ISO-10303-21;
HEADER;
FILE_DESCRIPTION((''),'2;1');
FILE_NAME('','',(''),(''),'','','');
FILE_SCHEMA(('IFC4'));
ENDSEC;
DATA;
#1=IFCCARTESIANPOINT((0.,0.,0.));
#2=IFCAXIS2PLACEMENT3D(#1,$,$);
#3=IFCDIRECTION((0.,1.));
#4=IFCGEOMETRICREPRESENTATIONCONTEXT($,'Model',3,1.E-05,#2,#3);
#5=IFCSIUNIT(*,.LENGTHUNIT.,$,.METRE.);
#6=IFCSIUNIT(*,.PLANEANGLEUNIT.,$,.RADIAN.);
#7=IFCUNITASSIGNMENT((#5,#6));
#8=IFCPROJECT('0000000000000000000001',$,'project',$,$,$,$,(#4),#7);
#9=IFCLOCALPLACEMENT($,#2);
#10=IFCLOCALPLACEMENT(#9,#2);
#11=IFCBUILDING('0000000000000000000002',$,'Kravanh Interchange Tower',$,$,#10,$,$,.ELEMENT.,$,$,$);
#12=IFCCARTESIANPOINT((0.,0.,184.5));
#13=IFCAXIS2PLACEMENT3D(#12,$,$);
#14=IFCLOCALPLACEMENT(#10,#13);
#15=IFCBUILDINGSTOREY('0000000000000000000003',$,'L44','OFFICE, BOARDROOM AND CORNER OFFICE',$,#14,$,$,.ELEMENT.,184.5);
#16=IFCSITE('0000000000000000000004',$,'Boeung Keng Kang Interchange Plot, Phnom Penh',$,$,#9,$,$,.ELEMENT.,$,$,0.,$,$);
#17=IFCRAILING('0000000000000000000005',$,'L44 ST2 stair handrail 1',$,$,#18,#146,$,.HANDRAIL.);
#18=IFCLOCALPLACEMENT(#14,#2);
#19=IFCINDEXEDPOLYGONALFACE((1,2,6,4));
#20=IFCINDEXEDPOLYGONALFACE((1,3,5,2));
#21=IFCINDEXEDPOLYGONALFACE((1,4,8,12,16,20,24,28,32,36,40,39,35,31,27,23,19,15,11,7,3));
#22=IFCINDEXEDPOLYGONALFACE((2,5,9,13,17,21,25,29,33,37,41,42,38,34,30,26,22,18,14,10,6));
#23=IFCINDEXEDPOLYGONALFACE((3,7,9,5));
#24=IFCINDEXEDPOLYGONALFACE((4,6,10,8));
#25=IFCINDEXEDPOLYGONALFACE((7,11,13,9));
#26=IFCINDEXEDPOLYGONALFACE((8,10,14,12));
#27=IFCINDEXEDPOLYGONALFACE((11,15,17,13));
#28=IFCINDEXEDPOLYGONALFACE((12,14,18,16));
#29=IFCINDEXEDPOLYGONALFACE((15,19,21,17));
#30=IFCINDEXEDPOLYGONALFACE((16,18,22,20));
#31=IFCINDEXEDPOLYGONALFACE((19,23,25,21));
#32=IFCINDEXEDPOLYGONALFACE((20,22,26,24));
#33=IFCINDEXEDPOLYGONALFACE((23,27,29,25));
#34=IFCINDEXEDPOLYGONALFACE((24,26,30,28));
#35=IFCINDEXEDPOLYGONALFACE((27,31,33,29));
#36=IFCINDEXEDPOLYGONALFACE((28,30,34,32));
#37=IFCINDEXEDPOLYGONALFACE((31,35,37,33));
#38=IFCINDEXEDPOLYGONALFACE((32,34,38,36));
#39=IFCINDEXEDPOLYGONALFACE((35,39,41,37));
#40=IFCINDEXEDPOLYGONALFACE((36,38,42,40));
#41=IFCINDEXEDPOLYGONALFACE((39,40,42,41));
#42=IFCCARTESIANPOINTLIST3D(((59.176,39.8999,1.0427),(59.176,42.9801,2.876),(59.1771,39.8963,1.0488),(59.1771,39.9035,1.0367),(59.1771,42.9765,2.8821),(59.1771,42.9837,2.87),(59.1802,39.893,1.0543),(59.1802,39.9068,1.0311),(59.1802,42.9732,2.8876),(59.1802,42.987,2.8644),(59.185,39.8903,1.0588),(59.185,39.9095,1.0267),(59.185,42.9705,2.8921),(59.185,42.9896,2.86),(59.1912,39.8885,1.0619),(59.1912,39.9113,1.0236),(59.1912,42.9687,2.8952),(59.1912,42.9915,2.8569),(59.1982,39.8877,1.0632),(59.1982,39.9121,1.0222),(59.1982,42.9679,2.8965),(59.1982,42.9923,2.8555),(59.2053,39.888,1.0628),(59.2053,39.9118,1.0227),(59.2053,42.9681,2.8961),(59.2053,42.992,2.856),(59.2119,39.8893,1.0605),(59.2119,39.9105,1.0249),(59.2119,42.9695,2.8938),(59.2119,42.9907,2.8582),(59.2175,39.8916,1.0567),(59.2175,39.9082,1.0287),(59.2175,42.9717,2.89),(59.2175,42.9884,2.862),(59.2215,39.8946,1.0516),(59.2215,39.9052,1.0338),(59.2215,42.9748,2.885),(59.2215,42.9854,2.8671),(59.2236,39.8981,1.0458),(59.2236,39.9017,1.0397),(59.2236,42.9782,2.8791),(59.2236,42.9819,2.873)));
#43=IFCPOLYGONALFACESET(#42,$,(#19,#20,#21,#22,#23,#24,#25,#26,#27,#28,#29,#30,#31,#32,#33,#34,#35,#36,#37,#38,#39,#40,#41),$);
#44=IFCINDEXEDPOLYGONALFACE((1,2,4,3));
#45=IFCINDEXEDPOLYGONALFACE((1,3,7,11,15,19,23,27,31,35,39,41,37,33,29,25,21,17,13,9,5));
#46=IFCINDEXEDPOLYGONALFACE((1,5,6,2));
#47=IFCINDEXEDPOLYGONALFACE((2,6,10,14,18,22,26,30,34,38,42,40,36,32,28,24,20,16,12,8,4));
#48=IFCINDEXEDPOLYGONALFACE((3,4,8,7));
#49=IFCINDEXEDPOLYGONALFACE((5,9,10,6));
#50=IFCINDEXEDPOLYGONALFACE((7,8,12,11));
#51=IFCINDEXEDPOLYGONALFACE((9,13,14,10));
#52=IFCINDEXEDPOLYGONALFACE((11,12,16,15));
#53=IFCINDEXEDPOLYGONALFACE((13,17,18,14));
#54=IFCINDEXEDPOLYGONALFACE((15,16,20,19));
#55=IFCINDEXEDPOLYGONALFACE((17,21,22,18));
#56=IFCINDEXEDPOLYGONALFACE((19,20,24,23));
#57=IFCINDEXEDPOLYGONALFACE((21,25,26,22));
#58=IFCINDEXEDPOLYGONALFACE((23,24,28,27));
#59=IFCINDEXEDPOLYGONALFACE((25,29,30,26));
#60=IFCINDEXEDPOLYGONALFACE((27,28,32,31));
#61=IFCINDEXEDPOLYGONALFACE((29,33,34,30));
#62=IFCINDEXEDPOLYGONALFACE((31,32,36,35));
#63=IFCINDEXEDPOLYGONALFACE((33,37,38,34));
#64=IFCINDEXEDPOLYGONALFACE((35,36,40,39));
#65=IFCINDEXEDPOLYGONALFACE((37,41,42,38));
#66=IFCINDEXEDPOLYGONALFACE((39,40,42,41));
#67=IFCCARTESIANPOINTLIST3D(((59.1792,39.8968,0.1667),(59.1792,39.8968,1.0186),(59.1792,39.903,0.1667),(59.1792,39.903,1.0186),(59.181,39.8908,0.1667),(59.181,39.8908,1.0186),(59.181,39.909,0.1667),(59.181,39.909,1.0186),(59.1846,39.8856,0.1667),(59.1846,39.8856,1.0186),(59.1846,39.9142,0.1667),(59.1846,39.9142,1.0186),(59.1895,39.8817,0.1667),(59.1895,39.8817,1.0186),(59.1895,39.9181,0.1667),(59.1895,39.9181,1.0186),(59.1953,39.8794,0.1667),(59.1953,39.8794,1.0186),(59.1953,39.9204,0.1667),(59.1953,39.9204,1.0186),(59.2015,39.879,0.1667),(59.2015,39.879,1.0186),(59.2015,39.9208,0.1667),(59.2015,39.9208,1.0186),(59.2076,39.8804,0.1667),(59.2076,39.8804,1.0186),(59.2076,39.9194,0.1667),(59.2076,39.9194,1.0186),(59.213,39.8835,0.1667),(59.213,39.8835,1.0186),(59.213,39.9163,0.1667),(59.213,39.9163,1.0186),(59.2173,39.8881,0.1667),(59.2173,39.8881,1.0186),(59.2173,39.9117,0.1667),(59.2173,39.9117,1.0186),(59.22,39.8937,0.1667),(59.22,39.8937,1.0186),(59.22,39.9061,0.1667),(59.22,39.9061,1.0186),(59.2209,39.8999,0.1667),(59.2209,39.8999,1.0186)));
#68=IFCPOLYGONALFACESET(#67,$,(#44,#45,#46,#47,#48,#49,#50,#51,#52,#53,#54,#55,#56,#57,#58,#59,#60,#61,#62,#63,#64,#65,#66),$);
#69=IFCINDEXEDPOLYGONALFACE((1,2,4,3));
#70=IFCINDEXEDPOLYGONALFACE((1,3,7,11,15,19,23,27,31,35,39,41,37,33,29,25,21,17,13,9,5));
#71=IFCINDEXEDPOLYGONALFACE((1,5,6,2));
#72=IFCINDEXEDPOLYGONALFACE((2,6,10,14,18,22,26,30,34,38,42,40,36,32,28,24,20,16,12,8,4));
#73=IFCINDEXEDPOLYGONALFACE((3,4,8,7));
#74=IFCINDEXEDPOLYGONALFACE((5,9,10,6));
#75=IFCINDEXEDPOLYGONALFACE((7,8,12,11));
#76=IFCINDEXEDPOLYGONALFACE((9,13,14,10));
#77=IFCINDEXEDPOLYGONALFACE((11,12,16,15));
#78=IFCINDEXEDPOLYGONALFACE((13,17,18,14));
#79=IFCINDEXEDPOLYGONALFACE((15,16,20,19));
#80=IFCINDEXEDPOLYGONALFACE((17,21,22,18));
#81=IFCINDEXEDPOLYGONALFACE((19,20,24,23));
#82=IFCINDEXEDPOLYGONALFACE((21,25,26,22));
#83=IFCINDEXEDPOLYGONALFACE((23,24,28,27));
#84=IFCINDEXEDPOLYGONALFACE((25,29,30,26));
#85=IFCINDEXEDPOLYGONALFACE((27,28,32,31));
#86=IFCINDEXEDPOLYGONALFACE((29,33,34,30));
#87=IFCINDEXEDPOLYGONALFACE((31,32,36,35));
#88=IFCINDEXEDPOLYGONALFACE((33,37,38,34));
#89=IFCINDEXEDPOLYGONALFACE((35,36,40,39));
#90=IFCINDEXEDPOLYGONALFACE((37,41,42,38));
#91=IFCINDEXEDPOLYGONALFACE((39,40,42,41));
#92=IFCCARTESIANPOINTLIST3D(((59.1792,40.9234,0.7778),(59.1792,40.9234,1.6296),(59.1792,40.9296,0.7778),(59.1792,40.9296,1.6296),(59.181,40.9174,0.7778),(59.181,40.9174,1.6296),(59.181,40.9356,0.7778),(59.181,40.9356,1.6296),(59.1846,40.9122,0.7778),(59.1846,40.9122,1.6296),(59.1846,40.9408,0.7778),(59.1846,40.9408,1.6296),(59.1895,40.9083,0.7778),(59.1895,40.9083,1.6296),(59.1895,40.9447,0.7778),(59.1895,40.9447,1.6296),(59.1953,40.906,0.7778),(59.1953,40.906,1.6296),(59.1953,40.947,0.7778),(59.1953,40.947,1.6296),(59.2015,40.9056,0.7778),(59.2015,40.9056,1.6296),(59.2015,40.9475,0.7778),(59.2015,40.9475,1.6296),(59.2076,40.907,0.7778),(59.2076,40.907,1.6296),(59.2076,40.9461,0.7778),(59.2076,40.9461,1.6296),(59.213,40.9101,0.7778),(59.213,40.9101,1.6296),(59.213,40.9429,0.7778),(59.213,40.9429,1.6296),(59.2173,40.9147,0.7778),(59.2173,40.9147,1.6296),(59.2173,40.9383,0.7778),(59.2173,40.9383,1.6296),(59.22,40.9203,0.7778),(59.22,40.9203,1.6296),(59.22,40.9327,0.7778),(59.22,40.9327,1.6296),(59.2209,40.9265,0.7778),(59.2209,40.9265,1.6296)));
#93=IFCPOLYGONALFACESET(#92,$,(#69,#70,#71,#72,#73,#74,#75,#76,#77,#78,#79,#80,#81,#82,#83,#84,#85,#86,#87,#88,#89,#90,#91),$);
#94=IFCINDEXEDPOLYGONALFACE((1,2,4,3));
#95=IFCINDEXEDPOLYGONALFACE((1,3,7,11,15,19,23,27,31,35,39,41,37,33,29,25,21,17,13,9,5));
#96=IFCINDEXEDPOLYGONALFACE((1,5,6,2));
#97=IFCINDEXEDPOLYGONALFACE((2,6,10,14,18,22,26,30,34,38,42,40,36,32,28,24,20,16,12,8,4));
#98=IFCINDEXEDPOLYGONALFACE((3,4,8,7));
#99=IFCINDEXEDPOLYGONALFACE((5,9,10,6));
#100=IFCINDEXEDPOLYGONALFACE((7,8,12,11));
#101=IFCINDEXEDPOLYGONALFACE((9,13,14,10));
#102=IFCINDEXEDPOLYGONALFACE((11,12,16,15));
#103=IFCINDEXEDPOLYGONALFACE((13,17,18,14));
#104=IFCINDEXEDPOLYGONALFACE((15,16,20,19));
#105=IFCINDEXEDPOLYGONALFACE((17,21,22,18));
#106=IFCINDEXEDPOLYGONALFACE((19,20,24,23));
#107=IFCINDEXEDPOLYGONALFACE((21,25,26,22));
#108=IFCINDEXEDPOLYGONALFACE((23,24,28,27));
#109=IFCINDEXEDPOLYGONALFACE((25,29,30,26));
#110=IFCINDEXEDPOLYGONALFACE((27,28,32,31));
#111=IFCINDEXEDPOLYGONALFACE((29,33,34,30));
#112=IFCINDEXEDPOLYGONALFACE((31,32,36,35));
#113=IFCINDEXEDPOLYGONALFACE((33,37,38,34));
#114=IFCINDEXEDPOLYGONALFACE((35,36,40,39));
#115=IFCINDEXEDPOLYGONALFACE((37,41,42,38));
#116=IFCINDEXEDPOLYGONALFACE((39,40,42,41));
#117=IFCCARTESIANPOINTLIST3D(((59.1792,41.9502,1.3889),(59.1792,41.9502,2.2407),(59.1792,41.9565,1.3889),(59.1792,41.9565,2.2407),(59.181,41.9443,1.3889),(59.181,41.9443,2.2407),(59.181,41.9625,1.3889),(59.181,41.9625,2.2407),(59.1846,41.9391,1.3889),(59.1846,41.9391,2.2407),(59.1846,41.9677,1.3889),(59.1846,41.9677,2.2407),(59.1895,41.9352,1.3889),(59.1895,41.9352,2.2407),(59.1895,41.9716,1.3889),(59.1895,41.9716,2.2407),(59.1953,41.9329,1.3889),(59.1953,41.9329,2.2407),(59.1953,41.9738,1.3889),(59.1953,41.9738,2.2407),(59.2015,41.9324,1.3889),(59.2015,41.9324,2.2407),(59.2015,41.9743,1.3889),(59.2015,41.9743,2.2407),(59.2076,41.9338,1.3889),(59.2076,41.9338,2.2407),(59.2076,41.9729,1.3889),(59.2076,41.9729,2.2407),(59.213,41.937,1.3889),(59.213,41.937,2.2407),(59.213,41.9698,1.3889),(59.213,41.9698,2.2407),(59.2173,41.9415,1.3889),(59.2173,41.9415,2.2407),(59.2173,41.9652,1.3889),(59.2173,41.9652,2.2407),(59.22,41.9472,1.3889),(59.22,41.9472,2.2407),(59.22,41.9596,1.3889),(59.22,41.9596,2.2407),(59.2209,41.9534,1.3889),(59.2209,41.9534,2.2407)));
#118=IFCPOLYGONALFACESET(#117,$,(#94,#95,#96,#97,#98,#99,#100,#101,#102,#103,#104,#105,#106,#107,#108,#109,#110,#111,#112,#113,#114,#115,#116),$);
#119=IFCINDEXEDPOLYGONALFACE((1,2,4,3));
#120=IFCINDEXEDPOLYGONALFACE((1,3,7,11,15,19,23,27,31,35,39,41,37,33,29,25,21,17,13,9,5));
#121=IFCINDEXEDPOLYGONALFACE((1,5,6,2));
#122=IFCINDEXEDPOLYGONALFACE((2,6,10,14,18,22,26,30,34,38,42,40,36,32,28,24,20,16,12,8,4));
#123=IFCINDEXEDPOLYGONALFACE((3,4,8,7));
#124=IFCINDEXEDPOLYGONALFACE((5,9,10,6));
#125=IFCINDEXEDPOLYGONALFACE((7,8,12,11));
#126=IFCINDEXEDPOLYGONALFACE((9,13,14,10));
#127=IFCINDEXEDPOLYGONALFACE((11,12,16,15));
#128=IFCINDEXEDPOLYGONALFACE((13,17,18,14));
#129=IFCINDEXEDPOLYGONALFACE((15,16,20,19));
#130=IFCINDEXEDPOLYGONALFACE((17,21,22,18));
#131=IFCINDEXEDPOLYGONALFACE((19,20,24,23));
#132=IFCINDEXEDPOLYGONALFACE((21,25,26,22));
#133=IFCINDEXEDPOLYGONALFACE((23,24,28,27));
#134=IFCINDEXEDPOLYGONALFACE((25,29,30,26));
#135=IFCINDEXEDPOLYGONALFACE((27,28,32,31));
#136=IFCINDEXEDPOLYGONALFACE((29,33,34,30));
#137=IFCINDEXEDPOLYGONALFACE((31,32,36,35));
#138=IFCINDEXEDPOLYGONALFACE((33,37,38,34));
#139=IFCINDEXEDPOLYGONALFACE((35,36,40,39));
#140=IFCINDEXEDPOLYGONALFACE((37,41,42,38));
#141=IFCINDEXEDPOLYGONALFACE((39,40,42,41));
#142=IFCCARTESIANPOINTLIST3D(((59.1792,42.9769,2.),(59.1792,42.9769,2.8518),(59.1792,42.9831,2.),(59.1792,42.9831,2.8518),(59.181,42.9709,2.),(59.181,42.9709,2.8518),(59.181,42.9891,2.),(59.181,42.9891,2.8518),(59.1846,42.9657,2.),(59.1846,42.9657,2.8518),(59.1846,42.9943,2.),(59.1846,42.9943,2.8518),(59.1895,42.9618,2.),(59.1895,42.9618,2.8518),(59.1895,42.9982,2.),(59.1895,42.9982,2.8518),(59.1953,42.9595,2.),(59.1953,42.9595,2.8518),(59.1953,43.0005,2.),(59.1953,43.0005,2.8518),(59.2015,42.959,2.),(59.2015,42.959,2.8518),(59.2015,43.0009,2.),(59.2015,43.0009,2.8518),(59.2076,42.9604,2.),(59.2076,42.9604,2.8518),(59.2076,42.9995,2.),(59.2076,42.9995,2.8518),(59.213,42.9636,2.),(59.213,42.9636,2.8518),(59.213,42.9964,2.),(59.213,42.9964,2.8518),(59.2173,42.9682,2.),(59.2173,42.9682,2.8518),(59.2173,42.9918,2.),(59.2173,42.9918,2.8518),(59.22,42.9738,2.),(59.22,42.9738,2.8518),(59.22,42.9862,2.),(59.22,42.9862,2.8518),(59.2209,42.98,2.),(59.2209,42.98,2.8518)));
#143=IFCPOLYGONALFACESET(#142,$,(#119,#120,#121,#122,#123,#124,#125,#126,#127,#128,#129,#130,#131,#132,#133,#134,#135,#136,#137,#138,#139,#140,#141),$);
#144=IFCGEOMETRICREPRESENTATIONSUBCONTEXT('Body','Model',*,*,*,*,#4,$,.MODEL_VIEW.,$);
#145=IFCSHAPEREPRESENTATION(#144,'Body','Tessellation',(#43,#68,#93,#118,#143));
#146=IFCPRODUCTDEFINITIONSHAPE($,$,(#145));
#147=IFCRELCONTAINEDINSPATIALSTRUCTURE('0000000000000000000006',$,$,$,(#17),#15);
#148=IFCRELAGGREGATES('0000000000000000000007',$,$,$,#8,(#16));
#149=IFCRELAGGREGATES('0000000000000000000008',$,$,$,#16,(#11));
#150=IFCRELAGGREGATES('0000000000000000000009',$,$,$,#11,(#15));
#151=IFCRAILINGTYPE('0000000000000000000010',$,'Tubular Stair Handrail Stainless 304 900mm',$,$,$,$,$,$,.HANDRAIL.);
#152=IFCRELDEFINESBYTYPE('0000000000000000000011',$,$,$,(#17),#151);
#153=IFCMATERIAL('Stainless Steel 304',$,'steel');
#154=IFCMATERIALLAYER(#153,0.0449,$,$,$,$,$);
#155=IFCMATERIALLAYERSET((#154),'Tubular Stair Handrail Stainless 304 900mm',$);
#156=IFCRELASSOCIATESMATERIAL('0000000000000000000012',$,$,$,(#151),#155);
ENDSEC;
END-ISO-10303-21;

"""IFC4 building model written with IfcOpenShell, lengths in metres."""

from ifc_helpers import new_model, si_unit, direction, frame, origin, origin_2d, place, context, subcontext, project, spatial, circle, extrude, material, layer, layer_set, type_object, element, save


model = new_model("IFC4")

# Units and contexts
model_context = context("Model", 3, precision=1e-05, world=origin(), true_north=direction((0.0, 1.0)))
body_context = subcontext(model_context, "Body", "Model", "MODEL_VIEW")
ifc_project = project(units=[si_unit("LENGTHUNIT", "METRE"), si_unit("PLANEANGLEUNIT", "RADIAN")], contexts=[model_context])

# Site, building, storey
site_placement = place(None, origin())
site = spatial("IfcSite", under=ifc_project, at=site_placement, Name="Boeung Keng Kang Interchange Plot, Phnom Penh", CompositionType="ELEMENT", RefElevation=0.0)
building_placement = place(site_placement, origin())
building = spatial("IfcBuilding", under=site, at=building_placement, Name="Kravanh Interchange Tower", CompositionType="ELEMENT")
storey_placement = place(building_placement, frame((0.0, 0.0, 184.5)))
storey = spatial("IfcBuildingStorey", under=building, at=storey_placement, Name="L44", Description="OFFICE, BOARDROOM AND CORNER OFFICE", CompositionType="ELEMENT", Elevation=184.5)

# Railing
ifc_material_1 = material(Name="Stainless Steel 304", Category="steel")
ifc_layer_1 = layer(ifc_material_1, 0.0449)
ifc_layer_set_1 = layer_set([ifc_layer_1], Name="Tubular Stair Handrail Stainless 304 900mm")
railing_type_1 = type_object("IfcRailingType", Name="Tubular Stair Handrail Stainless 304 900mm", PredefinedType="HANDRAIL", material=ifc_layer_set_1)
railing_1_placement = place(storey_placement, frame((59.2, 39.8999, 0.1667)))
element("IfcRailing", 1, at=railing_1_placement, inside=storey, type_object=railing_type_1, Name="L44 ST2 stair handrail 1", PredefinedType="HANDRAIL", context=body_context, shape_type="SweptSolid", body=[
    extrude(circle(Radius=0.0239, at=origin_2d()), frame((0.0, 0.0, 0.876), z_axis=(0.0, 0.859309, 0.511458), x_axis=(-1.0, 0.0, 0.0)), (0.0, 0.0, 1.0), 3.5845),
    extrude(circle(Radius=0.021, at=origin_2d()), origin(), (0.0, 0.0, 1.0), 0.8518),
    extrude(circle(Radius=0.021, at=origin_2d()), frame((0.0, 1.0266, 0.6111)), (0.0, 0.0, 1.0), 0.8518),
    extrude(circle(Radius=0.021, at=origin_2d()), frame((0.0, 2.0535, 1.2222)), (0.0, 0.0, 1.0), 0.8518),
    extrude(circle(Radius=0.021, at=origin_2d()), frame((0.0, 3.0801, 1.8333)), (0.0, 0.0, 1.0), 0.8518),
])

save(model, "model.ifc")
